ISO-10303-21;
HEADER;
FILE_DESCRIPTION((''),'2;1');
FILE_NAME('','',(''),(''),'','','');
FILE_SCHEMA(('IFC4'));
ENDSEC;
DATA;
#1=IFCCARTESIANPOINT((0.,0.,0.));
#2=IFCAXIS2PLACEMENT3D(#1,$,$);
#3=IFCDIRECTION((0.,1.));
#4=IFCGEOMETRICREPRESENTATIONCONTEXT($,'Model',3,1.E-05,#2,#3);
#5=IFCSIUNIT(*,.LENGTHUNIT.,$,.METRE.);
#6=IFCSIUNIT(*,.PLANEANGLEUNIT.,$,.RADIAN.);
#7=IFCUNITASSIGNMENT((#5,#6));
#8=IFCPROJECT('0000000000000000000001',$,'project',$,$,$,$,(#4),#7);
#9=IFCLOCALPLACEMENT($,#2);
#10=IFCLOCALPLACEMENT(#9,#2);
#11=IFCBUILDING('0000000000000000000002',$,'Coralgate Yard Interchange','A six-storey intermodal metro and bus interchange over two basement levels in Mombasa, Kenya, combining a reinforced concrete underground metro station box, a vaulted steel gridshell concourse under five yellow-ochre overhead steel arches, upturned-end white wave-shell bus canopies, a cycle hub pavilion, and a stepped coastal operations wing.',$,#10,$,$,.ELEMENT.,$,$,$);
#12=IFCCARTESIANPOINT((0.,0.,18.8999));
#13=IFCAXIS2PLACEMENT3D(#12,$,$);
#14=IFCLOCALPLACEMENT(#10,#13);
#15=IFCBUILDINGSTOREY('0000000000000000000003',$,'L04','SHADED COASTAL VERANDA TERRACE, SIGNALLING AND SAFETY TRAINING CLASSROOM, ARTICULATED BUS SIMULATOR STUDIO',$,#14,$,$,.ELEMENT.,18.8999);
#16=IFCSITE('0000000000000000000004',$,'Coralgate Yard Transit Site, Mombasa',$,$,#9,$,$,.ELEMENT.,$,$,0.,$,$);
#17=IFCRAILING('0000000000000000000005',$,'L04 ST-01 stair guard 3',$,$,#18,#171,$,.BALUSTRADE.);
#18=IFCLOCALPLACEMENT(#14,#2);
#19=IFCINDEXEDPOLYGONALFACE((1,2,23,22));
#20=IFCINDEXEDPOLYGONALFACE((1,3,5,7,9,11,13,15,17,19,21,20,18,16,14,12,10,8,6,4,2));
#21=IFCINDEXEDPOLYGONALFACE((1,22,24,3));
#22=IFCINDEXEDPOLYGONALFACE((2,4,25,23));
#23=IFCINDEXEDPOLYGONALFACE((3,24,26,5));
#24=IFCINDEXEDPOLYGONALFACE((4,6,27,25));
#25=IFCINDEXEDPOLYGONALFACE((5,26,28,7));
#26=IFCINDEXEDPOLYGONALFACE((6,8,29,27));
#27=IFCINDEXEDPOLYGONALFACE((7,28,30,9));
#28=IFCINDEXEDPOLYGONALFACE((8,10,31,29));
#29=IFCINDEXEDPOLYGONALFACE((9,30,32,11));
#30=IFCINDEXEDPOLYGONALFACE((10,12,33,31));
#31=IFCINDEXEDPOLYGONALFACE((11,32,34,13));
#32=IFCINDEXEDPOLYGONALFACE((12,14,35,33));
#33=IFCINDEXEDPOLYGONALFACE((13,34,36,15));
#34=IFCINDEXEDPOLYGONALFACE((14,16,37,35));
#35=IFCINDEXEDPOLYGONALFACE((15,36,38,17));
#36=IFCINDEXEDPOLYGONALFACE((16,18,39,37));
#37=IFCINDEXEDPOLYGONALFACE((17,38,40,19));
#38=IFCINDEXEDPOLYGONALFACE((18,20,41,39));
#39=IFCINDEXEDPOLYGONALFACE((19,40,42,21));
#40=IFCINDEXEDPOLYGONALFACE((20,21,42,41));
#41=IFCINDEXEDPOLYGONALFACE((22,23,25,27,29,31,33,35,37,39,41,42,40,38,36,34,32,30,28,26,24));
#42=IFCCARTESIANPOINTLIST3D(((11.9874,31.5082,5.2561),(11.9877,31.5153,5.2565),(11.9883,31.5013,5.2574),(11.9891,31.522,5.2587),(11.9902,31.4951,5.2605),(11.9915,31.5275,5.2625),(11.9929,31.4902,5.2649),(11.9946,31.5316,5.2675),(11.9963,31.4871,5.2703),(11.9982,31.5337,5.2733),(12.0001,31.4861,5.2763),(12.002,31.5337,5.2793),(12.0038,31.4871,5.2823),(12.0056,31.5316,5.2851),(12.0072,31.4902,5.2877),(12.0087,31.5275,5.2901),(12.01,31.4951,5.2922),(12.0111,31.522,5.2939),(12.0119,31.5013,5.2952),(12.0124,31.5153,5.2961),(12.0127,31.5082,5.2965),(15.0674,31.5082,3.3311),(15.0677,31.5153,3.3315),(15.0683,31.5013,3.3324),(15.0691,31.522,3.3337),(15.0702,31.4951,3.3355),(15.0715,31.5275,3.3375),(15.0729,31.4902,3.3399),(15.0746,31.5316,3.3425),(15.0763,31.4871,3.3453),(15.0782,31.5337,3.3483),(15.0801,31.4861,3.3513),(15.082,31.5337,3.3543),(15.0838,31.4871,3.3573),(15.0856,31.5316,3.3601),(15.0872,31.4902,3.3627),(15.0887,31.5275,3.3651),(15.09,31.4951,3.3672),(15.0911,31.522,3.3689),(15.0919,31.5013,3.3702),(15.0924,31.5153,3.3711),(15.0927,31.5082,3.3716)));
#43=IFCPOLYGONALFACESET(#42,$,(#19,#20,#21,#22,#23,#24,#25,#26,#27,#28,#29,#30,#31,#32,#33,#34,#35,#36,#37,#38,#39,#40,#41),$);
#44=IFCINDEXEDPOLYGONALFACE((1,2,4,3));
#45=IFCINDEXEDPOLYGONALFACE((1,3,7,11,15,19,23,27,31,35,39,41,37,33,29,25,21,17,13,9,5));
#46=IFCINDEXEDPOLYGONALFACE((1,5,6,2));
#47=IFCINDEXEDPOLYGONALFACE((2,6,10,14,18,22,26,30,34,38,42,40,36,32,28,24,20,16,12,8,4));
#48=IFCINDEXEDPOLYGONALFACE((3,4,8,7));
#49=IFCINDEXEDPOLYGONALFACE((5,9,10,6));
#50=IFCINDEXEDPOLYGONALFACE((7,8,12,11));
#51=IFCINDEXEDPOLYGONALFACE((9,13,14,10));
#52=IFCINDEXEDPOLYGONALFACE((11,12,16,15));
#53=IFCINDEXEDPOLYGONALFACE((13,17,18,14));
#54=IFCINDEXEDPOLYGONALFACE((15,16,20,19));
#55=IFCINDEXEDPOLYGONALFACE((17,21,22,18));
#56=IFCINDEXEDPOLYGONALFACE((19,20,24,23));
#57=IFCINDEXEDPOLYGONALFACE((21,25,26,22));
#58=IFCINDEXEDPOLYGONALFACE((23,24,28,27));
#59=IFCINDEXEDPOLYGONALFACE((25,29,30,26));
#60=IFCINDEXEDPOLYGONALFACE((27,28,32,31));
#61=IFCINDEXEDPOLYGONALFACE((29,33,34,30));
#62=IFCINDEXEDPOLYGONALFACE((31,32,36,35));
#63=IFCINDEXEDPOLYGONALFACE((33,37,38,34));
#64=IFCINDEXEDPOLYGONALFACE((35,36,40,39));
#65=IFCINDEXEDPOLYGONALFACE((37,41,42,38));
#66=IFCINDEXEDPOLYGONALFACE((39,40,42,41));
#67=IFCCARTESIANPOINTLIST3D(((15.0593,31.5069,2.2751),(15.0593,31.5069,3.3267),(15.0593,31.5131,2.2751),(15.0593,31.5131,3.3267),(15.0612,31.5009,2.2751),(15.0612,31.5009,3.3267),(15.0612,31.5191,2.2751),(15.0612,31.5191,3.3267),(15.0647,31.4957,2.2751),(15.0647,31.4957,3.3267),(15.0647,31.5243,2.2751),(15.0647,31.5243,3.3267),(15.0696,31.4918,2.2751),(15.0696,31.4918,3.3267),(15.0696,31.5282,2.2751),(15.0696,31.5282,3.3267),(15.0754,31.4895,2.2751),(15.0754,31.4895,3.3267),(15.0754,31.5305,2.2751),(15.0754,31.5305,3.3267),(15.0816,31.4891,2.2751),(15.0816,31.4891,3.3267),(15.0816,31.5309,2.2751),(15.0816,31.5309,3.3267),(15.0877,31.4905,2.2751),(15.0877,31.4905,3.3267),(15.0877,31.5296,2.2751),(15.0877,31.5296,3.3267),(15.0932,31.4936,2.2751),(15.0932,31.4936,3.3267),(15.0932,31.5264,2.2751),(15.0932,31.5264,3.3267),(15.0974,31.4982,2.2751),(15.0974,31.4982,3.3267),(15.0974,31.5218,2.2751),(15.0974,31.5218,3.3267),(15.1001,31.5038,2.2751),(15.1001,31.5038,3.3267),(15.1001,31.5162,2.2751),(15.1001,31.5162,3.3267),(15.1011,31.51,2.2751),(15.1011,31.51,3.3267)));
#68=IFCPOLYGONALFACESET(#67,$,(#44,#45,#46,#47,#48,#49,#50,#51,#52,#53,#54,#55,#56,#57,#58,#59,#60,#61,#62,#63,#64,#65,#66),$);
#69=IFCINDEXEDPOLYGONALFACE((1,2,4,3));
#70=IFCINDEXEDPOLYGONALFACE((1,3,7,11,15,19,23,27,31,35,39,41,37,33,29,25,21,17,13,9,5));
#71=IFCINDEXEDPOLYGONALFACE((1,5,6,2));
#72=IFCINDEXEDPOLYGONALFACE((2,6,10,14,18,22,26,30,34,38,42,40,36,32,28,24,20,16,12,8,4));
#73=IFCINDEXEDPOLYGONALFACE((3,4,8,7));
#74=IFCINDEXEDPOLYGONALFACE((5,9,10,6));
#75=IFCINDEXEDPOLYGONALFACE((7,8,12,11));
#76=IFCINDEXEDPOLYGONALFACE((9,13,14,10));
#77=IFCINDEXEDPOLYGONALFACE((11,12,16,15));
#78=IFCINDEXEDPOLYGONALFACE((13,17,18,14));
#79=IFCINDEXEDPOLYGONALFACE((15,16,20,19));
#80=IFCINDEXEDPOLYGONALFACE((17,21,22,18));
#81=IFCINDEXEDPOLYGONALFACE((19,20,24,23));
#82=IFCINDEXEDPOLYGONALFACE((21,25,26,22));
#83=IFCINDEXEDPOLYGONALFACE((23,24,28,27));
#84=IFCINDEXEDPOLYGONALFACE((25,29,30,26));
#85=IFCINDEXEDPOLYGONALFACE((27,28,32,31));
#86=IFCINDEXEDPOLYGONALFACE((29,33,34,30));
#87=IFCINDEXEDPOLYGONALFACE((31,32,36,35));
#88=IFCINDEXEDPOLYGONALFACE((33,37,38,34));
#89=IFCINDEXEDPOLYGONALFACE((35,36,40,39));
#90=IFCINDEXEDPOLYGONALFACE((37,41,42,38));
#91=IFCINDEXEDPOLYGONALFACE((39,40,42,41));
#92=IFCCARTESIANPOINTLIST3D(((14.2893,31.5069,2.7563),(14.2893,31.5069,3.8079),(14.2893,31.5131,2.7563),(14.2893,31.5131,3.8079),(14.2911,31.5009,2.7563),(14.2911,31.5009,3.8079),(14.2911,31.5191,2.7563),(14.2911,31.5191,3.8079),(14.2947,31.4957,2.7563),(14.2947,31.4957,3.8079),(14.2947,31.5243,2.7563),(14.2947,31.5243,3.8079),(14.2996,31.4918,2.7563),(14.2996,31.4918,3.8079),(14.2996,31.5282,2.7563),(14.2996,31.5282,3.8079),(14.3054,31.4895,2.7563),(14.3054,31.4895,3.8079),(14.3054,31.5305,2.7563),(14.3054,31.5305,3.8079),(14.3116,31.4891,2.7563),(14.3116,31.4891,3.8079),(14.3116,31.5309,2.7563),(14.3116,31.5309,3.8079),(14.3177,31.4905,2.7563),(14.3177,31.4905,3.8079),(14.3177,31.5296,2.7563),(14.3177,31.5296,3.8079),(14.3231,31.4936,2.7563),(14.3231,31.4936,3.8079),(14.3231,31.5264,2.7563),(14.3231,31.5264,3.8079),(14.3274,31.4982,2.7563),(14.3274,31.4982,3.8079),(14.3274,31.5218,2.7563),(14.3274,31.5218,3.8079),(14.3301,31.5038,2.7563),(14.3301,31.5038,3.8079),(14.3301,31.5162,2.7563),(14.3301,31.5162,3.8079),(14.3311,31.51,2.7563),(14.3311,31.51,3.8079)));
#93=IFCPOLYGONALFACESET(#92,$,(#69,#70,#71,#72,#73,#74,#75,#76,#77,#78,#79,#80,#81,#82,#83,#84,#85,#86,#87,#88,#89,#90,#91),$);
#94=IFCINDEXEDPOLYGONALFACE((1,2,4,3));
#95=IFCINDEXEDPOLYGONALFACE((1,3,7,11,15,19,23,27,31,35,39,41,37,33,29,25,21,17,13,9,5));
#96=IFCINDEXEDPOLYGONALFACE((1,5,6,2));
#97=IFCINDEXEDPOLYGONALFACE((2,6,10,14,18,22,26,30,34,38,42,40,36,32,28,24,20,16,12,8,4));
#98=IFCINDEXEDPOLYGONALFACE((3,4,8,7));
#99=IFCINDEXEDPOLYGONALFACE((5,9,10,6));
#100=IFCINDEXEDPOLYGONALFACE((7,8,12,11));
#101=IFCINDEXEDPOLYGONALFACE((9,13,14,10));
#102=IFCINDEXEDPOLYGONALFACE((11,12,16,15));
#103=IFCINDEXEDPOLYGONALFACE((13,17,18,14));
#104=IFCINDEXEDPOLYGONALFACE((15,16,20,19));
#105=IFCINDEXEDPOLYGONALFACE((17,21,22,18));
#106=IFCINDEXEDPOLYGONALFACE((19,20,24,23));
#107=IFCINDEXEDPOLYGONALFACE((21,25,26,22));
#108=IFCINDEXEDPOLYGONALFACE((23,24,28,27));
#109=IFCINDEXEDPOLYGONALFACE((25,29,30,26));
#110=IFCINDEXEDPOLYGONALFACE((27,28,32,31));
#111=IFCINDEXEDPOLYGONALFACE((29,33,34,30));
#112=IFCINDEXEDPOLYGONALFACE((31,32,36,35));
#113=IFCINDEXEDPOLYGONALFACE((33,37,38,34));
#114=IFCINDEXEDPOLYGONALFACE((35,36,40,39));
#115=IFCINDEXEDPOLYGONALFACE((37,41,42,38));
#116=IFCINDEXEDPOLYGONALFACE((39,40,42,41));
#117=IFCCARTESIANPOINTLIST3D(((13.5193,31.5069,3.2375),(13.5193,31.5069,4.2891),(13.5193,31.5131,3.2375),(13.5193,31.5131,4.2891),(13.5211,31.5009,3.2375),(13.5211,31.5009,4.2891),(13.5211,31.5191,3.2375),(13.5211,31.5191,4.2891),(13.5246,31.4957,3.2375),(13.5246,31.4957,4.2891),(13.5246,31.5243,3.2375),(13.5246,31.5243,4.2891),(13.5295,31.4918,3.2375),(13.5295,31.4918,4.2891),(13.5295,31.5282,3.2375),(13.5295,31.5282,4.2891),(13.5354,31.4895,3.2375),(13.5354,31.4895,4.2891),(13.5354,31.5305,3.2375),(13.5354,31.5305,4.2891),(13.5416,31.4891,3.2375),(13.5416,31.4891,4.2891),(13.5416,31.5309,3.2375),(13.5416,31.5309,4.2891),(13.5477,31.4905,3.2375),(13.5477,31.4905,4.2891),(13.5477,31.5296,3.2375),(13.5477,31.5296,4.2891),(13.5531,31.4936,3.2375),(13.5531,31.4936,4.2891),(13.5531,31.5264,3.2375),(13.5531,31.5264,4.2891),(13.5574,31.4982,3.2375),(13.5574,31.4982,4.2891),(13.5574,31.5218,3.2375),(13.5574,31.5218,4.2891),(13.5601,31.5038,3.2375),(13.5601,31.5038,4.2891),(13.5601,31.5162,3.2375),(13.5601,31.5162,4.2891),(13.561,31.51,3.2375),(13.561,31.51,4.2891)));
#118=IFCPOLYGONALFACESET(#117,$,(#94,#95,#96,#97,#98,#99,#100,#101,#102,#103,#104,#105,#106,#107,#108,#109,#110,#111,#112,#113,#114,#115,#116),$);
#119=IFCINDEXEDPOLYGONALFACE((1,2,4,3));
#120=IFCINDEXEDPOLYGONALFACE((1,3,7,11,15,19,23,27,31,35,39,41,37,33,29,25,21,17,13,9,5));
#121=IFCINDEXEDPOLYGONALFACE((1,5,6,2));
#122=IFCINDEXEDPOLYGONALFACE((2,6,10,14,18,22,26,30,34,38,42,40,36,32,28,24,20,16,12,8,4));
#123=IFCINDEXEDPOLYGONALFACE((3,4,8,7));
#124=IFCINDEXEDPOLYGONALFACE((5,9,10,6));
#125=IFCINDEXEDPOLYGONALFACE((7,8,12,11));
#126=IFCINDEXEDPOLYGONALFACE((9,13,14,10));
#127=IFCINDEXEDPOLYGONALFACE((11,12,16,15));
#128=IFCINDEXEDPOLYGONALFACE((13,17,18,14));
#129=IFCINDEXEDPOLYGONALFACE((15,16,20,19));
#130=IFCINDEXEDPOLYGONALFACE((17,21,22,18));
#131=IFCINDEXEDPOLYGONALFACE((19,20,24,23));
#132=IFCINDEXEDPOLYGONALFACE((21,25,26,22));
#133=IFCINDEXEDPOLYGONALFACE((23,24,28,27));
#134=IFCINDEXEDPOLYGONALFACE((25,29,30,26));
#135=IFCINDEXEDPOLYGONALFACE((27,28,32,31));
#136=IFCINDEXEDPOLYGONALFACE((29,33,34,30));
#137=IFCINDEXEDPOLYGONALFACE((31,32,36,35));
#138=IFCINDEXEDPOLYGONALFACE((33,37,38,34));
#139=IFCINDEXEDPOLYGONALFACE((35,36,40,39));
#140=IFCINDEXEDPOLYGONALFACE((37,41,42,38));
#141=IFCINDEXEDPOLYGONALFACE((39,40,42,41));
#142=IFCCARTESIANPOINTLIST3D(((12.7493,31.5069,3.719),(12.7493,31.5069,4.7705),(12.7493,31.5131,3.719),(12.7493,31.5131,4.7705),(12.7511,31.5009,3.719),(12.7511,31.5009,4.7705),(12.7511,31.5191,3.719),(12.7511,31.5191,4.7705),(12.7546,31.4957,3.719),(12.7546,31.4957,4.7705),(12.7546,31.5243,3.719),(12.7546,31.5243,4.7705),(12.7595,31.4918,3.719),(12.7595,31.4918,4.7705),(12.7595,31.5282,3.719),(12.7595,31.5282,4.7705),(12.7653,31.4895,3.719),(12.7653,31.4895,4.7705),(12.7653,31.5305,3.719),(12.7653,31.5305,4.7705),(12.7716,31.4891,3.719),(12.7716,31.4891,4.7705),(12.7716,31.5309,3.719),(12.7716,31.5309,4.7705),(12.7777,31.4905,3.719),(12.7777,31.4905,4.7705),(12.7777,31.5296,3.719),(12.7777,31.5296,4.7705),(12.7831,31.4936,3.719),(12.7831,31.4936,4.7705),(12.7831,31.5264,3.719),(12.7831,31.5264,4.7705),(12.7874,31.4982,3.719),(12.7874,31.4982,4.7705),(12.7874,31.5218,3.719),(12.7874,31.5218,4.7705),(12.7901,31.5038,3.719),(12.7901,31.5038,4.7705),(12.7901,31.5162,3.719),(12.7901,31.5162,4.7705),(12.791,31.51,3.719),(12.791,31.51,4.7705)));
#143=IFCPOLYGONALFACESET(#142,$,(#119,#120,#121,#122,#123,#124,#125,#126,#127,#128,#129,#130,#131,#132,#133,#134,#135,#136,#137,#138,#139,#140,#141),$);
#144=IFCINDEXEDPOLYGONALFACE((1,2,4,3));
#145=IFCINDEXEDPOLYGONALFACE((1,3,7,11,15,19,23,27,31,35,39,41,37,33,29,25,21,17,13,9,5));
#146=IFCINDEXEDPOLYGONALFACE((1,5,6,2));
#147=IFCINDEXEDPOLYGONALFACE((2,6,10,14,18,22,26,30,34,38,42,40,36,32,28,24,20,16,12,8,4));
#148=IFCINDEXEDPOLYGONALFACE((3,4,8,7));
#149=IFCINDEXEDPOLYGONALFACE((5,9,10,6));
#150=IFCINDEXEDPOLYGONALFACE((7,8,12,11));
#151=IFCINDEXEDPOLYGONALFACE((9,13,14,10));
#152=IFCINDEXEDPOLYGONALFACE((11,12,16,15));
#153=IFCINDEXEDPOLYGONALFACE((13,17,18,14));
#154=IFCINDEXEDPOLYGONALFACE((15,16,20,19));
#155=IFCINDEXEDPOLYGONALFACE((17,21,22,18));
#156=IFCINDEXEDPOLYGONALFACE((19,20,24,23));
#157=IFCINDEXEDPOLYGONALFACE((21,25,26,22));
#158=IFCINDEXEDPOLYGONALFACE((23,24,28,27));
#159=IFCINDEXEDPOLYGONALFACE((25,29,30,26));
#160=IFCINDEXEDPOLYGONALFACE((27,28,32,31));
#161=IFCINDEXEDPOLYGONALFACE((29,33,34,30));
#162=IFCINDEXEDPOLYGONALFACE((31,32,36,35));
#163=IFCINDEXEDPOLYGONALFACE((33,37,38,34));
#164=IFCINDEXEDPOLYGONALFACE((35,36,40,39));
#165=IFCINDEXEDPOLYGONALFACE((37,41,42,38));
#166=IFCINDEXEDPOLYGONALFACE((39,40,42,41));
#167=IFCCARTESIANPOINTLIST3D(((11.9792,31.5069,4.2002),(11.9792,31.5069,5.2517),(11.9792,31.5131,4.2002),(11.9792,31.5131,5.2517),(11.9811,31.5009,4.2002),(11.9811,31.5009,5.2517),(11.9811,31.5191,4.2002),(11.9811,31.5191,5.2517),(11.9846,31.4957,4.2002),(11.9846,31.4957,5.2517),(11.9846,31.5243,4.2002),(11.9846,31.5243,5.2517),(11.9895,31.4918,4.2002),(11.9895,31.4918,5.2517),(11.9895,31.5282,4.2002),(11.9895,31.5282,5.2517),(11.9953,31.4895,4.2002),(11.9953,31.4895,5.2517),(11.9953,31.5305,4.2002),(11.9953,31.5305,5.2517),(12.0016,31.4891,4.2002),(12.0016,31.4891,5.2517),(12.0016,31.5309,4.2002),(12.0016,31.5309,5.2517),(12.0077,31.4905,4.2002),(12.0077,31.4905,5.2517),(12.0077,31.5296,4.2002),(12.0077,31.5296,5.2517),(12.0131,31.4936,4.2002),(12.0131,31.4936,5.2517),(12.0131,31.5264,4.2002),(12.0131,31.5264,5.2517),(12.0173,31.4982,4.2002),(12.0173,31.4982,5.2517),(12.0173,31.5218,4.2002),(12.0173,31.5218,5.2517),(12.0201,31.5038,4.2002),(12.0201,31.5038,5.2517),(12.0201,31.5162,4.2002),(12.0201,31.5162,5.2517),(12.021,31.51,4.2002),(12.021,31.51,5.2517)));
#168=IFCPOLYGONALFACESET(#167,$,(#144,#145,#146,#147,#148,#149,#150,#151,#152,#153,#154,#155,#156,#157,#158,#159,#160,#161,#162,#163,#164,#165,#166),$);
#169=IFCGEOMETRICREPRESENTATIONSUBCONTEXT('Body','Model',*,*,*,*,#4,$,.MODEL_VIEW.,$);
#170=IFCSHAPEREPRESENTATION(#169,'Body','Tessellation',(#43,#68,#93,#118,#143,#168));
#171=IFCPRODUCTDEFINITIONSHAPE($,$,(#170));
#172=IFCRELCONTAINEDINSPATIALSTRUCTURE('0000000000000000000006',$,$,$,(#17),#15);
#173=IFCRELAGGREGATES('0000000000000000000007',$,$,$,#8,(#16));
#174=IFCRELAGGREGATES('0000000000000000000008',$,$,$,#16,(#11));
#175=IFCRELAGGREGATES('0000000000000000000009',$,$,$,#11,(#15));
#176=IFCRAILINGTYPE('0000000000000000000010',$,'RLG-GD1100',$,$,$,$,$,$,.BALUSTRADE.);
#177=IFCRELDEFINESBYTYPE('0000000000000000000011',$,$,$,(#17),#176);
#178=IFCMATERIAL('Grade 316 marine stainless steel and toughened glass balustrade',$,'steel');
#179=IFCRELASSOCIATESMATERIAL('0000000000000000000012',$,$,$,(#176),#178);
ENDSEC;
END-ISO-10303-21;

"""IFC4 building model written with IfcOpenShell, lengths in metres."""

from ifc_helpers import new_model, si_unit, direction, frame, origin, origin_2d, place, context, subcontext, project, spatial, circle, extrude, material, type_object, element, save


model = new_model("IFC4")

# Units and contexts
model_context = context("Model", 3, precision=1e-05, world=origin(), true_north=direction((0.0, 1.0)))
body_context = subcontext(model_context, "Body", "Model", "MODEL_VIEW")
ifc_project = project(units=[si_unit("LENGTHUNIT", "METRE"), si_unit("PLANEANGLEUNIT", "RADIAN")], contexts=[model_context])

# Site, building, storey
site_placement = place(None, origin())
site = spatial("IfcSite", under=ifc_project, at=site_placement, Name="Coralgate Yard Transit Site, Mombasa", CompositionType="ELEMENT", RefElevation=0.0)
building_placement = place(site_placement, origin())
building = spatial("IfcBuilding", under=site, at=building_placement, Name="Coralgate Yard Interchange", Description="A six-storey intermodal metro and bus interchange over two basement levels in Mombasa, Kenya, combining a reinforced concrete underground metro station box, a vaulted steel gridshell concourse under five yellow-ochre overhead steel arches, upturned-end white wave-shell bus canopies, a cycle hub pavilion, and a stepped coastal operations wing.", CompositionType="ELEMENT")
storey_placement = place(building_placement, frame((0.0, 0.0, 18.8999)))
storey = spatial("IfcBuildingStorey", under=building, at=storey_placement, Name="L04", Description="SHADED COASTAL VERANDA TERRACE, SIGNALLING AND SAFETY TRAINING CLASSROOM, ARTICULATED BUS SIMULATOR STUDIO", CompositionType="ELEMENT", Elevation=18.8999)

# Railing
ifc_material_1 = material(Name="Grade 316 marine stainless steel and toughened glass balustrade", Category="steel")
railing_type_1 = type_object("IfcRailingType", Name="RLG-GD1100", PredefinedType="BALUSTRADE", material=ifc_material_1)
railing_1_placement = place(storey_placement, frame((15.0801, 31.51, 2.2751)))
element("IfcRailing", 1, at=railing_1_placement, inside=storey, type_object=railing_type_1, Name="L04 ST-01 stair guard 3", PredefinedType="BALUSTRADE", context=body_context, shape_type="SweptSolid", body=[
    extrude(circle(Radius=0.0239, at=origin_2d()), frame((0.0, 0.0, 1.0762), z_axis=(-0.847998, 0.0, 0.529999), x_axis=(0.0, -1.0, 0.0)), (0.0, 0.0, 1.0), 3.6321),
    extrude(circle(Radius=0.021, at=origin_2d()), origin(), (0.0, 0.0, 1.0), 1.0515),
    extrude(circle(Radius=0.021, at=origin_2d()), frame((-0.77, 0.0, 0.4812)), (0.0, 0.0, 1.0), 1.0515),
    extrude(circle(Radius=0.021, at=origin_2d()), frame((-1.54, 0.0, 0.9624)), (0.0, 0.0, 1.0), 1.0515),
    extrude(circle(Radius=0.021, at=origin_2d()), frame((-2.3101, 0.0, 1.4438)), (0.0, 0.0, 1.0), 1.0515),
    extrude(circle(Radius=0.021, at=origin_2d()), frame((-3.0801, 0.0, 1.925)), (0.0, 0.0, 1.0), 1.0515),
])

save(model, "model.ifc")
